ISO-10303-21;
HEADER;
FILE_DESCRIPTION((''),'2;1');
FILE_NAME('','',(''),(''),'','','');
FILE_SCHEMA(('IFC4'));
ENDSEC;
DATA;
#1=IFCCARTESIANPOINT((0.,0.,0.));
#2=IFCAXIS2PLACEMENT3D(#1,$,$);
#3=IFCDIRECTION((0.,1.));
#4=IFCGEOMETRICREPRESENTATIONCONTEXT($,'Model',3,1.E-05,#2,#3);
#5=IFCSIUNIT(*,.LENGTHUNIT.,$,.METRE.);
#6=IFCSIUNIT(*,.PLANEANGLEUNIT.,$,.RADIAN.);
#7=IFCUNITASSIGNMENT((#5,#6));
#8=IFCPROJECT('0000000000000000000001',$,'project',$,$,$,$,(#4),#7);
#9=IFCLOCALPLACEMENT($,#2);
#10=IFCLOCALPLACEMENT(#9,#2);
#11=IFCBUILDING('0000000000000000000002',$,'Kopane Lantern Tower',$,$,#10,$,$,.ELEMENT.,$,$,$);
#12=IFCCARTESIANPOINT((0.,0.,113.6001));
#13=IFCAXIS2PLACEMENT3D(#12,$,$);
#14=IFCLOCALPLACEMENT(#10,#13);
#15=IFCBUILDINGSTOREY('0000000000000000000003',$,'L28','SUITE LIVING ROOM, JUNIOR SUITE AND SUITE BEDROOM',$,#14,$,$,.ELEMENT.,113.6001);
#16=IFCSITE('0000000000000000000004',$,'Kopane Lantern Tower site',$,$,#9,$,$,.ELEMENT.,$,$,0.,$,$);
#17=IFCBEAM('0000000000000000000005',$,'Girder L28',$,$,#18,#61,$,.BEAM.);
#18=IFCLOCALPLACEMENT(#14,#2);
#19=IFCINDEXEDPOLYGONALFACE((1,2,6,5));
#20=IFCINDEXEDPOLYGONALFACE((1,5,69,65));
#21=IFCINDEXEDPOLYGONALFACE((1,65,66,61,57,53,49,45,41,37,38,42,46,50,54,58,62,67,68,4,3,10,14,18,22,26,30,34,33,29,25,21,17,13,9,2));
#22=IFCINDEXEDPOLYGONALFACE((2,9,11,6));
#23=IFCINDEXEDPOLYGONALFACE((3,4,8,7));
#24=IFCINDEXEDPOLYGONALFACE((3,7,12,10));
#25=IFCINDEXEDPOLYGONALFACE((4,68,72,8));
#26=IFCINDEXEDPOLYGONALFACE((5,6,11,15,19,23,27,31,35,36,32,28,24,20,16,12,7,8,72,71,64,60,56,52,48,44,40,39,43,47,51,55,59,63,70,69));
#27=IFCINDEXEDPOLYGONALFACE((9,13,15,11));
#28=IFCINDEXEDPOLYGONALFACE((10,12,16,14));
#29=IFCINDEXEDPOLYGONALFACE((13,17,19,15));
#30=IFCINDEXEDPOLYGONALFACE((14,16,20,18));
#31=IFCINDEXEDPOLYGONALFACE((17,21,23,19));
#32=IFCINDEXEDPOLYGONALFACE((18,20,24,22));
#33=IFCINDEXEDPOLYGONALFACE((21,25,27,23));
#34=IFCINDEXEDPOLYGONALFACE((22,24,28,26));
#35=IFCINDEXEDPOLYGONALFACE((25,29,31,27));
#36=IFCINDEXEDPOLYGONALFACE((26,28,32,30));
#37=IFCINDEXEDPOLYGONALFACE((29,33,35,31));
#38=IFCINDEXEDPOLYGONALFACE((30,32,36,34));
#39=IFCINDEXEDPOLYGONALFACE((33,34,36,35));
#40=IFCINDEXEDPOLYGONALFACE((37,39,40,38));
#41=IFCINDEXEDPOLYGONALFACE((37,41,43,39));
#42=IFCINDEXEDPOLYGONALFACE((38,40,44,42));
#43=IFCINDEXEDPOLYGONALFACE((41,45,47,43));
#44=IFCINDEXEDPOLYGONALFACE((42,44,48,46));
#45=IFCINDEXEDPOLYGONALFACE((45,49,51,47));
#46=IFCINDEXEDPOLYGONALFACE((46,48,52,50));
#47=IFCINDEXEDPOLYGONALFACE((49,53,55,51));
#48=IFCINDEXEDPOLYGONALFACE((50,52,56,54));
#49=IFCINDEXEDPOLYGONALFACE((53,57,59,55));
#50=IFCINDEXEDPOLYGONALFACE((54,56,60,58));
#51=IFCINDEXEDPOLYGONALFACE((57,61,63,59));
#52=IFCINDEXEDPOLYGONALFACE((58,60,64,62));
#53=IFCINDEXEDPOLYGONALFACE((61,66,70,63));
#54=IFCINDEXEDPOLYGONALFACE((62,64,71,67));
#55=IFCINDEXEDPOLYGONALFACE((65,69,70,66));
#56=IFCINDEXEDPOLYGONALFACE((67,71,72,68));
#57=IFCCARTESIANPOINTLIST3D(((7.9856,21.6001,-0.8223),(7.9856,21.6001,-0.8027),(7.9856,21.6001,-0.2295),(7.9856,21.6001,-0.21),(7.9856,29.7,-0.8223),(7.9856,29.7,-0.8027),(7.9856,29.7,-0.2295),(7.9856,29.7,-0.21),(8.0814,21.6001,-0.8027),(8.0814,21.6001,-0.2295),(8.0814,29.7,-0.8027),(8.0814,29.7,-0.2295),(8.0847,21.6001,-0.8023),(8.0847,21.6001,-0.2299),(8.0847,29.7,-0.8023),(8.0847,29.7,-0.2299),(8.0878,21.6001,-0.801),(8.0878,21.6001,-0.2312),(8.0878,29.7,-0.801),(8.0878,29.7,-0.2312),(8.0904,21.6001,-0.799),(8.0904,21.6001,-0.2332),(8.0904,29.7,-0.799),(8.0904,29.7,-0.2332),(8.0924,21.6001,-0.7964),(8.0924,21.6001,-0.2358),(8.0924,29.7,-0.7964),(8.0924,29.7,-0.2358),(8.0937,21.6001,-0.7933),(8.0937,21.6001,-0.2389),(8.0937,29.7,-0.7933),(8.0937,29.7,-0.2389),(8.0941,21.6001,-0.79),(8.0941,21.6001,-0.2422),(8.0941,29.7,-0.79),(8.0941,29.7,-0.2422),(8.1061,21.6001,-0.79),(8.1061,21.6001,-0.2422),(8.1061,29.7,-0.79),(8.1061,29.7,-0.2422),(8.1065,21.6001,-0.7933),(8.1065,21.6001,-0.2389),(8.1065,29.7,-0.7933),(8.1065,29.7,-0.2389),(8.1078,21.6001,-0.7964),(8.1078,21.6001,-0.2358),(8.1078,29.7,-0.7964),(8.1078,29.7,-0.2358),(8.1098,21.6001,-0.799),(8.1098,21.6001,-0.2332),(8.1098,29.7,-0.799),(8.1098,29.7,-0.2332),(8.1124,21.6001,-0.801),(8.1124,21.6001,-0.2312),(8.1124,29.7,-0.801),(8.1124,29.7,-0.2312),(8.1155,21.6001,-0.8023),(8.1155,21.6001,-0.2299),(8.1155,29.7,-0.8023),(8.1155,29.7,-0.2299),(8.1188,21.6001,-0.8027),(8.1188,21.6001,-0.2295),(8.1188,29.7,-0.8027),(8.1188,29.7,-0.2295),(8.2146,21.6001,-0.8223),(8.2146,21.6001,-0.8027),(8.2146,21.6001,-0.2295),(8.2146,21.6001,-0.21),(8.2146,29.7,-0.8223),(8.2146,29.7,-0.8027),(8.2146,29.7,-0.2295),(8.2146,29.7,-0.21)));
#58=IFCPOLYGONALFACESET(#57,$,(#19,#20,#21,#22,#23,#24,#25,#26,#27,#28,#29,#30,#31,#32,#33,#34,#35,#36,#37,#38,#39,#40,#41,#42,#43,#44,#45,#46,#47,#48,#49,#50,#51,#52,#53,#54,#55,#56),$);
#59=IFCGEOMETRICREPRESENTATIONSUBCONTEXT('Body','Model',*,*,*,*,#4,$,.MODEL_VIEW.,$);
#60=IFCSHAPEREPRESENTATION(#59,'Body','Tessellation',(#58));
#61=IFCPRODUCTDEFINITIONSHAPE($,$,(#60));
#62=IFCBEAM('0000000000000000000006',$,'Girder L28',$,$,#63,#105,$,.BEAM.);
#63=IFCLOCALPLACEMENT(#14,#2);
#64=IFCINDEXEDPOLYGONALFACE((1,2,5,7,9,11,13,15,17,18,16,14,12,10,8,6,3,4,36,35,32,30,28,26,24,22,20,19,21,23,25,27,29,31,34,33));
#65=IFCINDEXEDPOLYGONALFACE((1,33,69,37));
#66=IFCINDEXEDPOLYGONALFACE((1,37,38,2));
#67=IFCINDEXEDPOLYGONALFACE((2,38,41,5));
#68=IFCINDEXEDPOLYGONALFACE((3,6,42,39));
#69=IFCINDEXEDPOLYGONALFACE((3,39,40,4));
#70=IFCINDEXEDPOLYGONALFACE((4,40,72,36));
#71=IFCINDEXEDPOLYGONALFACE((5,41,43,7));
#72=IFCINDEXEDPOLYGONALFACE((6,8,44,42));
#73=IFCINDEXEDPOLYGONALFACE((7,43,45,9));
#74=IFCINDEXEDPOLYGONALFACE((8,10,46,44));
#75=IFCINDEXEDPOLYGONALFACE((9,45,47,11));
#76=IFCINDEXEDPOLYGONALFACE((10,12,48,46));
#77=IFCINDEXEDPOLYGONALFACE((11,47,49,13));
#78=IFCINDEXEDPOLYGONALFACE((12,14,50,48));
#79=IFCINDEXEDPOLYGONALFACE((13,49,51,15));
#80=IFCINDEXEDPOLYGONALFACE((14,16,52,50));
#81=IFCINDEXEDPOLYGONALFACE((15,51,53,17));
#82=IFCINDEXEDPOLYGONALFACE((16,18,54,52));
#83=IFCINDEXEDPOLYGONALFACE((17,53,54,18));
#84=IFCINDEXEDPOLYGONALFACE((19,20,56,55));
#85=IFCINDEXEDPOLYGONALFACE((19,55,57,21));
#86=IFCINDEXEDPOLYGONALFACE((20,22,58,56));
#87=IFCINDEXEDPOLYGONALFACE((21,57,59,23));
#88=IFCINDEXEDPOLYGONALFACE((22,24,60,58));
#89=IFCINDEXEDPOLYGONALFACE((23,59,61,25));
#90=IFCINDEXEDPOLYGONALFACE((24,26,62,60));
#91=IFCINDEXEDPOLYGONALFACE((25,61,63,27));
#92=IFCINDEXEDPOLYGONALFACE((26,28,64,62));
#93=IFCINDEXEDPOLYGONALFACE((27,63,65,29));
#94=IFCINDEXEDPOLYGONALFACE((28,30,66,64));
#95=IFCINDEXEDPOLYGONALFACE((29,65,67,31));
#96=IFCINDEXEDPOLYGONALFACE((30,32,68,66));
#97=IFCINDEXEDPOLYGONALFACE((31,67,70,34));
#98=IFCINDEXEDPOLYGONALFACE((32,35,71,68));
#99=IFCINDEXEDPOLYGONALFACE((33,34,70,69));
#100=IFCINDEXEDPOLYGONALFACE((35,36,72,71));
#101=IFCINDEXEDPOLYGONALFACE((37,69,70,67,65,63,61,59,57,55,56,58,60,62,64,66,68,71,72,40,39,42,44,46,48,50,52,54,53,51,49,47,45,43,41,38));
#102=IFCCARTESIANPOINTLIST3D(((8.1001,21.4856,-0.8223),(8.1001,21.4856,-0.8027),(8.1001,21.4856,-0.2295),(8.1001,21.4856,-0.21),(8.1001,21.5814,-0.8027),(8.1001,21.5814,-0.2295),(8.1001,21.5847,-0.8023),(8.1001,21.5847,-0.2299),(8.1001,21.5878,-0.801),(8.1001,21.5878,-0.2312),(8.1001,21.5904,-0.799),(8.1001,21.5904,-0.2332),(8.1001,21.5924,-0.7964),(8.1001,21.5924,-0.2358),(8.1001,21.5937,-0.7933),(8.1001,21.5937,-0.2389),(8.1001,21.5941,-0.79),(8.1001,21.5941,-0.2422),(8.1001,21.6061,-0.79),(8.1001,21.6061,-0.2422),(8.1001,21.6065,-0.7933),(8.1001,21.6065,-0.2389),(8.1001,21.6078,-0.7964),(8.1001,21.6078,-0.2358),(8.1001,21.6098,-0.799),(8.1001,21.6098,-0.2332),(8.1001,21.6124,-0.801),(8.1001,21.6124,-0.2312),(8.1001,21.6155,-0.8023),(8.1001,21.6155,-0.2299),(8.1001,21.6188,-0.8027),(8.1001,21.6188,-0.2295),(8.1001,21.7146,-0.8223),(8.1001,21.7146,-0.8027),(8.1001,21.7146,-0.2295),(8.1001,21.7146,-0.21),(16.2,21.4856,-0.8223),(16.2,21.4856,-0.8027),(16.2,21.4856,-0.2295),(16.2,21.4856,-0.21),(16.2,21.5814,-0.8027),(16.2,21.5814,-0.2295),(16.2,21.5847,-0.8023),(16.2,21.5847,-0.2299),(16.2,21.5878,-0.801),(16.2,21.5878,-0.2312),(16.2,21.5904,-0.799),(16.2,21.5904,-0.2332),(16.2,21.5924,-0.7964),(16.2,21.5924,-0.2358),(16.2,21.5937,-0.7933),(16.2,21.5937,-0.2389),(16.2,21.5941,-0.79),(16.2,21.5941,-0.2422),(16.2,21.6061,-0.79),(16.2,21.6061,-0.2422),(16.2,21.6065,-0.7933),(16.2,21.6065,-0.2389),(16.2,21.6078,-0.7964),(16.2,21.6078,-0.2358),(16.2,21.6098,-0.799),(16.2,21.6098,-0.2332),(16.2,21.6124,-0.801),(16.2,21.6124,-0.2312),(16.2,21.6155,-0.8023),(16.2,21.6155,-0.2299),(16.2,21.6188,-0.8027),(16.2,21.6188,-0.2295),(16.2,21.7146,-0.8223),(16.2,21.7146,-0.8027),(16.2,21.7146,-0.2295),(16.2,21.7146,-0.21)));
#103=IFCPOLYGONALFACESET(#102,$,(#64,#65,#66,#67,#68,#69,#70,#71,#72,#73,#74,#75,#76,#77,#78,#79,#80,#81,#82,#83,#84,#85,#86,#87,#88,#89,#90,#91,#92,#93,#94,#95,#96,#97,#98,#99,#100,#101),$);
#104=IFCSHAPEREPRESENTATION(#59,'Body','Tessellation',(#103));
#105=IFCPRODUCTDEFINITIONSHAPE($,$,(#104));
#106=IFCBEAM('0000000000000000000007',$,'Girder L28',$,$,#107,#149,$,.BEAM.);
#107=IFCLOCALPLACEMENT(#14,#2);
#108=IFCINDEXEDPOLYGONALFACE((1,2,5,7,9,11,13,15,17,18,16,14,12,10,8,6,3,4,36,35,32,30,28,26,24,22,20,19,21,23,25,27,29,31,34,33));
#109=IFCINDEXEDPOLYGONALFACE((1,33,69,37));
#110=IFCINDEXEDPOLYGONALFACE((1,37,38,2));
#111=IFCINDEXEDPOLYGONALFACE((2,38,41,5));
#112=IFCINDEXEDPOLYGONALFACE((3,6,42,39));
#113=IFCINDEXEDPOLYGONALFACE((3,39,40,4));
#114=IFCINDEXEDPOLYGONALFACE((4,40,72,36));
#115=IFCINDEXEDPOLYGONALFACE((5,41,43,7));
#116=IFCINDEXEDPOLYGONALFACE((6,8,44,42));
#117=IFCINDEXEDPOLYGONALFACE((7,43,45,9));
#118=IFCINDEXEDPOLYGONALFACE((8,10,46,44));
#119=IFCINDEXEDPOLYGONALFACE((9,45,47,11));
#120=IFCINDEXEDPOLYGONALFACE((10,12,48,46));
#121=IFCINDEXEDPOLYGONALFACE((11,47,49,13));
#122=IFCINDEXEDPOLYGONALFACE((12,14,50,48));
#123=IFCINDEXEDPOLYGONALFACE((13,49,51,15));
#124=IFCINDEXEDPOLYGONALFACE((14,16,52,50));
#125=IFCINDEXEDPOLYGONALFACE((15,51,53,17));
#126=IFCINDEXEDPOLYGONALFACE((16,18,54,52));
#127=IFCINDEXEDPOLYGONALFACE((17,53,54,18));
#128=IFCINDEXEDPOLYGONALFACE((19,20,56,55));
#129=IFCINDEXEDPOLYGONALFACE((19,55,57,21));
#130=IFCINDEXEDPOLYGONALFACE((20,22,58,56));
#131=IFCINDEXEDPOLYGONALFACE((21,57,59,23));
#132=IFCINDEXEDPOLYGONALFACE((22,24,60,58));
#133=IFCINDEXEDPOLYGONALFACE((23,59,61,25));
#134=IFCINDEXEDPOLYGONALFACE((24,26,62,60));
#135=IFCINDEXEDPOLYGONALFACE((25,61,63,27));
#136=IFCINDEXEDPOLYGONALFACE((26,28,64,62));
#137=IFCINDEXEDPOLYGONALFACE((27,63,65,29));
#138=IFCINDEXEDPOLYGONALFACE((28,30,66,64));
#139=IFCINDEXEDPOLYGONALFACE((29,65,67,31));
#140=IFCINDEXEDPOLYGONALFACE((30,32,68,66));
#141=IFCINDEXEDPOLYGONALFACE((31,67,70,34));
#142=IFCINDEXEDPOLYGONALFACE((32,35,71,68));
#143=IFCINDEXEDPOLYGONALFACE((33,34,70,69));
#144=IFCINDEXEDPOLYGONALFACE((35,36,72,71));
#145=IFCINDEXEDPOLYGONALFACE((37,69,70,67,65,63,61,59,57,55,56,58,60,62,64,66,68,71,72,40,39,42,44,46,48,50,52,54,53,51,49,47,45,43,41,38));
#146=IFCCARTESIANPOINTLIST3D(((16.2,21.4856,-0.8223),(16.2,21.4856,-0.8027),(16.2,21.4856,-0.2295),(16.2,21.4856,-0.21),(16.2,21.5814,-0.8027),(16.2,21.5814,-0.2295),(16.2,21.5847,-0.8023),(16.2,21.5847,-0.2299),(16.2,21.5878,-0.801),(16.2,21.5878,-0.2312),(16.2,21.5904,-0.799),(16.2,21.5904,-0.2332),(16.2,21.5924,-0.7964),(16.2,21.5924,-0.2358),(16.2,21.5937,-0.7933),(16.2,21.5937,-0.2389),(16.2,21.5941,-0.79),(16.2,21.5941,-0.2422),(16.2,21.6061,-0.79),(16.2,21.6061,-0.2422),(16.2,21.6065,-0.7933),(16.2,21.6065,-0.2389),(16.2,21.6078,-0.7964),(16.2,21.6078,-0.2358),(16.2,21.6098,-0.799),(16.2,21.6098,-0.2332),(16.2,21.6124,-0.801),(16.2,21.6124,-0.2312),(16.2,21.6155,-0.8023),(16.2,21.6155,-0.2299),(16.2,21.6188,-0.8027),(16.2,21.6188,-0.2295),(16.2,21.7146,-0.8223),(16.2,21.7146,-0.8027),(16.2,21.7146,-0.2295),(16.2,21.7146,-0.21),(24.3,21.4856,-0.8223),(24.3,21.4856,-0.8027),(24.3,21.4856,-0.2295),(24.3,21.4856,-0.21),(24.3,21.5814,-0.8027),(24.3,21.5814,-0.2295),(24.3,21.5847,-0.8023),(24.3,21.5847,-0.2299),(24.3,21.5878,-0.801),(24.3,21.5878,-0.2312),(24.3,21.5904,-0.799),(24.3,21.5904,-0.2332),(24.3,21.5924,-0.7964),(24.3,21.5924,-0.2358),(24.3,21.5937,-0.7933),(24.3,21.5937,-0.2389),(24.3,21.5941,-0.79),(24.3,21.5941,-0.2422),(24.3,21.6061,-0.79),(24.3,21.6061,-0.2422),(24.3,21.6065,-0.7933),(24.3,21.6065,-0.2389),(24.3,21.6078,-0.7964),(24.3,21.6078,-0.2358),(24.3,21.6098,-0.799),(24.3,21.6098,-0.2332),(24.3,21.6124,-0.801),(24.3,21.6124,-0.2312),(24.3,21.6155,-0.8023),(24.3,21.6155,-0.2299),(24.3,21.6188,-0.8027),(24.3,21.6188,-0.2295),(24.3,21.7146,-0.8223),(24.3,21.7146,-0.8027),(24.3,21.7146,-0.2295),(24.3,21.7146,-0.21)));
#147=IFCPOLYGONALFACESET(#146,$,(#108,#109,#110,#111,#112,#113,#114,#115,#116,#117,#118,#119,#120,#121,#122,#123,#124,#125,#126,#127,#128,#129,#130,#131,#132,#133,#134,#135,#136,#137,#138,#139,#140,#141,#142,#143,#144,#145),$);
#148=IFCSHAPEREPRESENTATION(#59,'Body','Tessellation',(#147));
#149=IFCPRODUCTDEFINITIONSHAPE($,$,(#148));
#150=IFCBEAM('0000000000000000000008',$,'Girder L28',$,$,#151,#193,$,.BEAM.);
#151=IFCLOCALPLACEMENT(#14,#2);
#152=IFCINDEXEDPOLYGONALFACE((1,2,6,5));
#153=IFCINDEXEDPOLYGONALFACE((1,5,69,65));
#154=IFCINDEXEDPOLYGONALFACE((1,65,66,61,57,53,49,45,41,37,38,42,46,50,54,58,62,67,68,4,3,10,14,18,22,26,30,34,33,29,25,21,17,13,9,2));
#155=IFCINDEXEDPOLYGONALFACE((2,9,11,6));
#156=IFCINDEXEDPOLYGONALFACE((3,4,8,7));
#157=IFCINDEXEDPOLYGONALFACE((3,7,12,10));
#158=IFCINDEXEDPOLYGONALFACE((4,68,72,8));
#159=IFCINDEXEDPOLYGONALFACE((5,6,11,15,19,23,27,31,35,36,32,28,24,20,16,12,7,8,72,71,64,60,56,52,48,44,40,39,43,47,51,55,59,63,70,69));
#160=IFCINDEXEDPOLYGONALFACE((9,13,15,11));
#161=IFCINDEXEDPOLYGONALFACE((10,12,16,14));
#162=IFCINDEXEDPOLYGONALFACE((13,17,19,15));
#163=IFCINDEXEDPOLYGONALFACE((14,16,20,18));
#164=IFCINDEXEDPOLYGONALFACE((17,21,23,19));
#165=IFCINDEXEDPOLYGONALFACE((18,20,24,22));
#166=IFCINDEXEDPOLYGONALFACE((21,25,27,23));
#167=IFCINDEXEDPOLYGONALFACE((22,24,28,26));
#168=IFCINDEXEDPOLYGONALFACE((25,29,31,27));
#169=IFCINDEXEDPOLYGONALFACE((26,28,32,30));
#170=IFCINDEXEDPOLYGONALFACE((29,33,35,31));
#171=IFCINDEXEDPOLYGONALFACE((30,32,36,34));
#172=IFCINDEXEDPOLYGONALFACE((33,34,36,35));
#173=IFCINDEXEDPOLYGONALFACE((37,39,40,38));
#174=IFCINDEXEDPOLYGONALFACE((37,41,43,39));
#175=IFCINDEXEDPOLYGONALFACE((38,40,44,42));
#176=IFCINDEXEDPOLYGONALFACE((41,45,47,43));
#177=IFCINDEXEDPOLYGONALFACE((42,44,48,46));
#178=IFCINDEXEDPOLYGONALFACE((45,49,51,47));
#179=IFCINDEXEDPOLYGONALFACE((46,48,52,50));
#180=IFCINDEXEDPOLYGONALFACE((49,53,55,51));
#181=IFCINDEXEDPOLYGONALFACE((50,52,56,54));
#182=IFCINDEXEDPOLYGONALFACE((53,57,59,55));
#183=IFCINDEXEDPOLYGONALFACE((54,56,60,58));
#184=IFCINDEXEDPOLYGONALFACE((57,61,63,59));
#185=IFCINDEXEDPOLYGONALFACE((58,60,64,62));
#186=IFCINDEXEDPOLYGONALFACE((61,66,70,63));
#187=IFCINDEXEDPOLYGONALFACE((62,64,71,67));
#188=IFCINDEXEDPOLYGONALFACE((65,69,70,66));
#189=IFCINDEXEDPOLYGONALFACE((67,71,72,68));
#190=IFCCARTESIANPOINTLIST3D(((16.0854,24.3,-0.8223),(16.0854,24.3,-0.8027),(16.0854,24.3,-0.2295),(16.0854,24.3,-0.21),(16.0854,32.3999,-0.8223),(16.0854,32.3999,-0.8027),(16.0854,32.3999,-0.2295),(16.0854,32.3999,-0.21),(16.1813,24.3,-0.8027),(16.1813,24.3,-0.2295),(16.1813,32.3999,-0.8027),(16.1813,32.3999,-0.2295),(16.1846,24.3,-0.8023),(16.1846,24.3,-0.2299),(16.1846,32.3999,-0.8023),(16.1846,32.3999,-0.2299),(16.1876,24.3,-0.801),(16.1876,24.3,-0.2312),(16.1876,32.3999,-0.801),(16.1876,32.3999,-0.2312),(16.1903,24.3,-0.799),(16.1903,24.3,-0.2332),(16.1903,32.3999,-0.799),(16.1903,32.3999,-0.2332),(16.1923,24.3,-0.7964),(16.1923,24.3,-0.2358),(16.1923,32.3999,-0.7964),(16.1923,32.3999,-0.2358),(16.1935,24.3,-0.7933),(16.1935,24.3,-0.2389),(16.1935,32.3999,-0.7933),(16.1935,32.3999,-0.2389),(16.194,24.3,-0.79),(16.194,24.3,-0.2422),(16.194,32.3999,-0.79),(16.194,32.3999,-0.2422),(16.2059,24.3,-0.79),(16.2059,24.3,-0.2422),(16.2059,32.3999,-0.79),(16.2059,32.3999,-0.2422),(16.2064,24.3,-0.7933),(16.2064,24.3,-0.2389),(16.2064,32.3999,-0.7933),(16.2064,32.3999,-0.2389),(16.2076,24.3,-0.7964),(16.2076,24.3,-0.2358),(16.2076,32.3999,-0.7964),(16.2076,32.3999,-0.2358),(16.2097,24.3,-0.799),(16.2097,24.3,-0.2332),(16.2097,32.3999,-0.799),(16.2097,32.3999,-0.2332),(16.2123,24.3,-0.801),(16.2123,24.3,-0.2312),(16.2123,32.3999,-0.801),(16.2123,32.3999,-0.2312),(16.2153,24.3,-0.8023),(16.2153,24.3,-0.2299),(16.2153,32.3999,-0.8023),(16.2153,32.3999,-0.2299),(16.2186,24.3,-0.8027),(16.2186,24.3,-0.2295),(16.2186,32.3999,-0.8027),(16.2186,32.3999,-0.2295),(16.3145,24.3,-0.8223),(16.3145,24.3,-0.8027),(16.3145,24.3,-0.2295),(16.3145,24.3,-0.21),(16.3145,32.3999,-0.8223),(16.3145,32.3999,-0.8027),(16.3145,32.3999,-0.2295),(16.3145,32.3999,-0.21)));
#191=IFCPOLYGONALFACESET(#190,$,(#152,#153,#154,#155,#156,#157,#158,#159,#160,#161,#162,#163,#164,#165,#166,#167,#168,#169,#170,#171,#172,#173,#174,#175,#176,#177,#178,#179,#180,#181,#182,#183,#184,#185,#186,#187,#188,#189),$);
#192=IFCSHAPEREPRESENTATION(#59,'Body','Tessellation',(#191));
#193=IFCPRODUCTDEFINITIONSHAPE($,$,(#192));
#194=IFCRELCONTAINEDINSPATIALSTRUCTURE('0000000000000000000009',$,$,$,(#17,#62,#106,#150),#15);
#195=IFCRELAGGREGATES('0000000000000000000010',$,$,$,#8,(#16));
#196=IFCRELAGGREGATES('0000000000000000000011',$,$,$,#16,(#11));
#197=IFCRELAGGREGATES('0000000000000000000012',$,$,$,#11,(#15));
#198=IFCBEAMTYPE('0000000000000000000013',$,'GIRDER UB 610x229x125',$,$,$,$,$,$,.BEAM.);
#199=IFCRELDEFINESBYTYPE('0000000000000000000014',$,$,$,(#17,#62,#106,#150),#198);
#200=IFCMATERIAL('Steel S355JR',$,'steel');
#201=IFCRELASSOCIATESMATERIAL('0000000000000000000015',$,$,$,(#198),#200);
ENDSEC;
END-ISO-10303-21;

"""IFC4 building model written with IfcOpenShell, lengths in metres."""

from ifc_helpers import new_model, si_unit, direction, frame, origin, origin_2d, place, context, subcontext, project, spatial, i_section, extrude, material, material_profile, profile_set, type_object, element, save


model = new_model("IFC4")

# Units and contexts
model_context = context("Model", 3, precision=1e-05, world=origin(), true_north=direction((0.0, 1.0)))
body_context = subcontext(model_context, "Body", "Model", "MODEL_VIEW")
ifc_project = project(units=[si_unit("LENGTHUNIT", "METRE"), si_unit("PLANEANGLEUNIT", "RADIAN")], contexts=[model_context])

# Site, building, storey
site_placement = place(None, origin())
site = spatial("IfcSite", under=ifc_project, at=site_placement, Name="Kopane Lantern Tower site", CompositionType="ELEMENT", RefElevation=0.0)
building_placement = place(site_placement, origin())
building = spatial("IfcBuilding", under=site, at=building_placement, Name="Kopane Lantern Tower", CompositionType="ELEMENT")
storey_placement = place(building_placement, frame((0.0, 0.0, 113.6001)))
storey = spatial("IfcBuildingStorey", under=building, at=storey_placement, Name="L28", Description="SUITE LIVING ROOM, JUNIOR SUITE AND SUITE BEDROOM", CompositionType="ELEMENT", Elevation=113.6001)

# Beams
ifc_material_1 = material(Name="Steel S355JR", Category="steel")
ifc_material_profile_1 = material_profile(ifc_material_1, i_section(OverallWidth=0.229, OverallDepth=0.6123, WebThickness=0.012, FlangeThickness=0.0195, FilletRadius=0.0127, at=origin_2d()), Name="UB 610x229x125")
ifc_profile_set_1 = profile_set([ifc_material_profile_1], Name="Steel S355JR")
beam_type_1 = type_object("IfcBeamType", Name="GIRDER UB 610x229x125", PredefinedType="BEAM", material=ifc_profile_set_1)
for number, where, z_axis, x_axis, name in (
    (1, (8.1001, 21.6001, -0.5161), (0.0, 1.0, 0.0), (-1.0, 0.0, 0.0), "Girder L28"),
    (2, (8.1001, 21.6001, -0.5161), (1.0, 0.0, 0.0), (0.0, 1.0, 0.0), "Girder L28"),
):
    element("IfcBeam", number, at=place(storey_placement, frame(where, z_axis=z_axis, x_axis=x_axis)), inside=storey, type_object=beam_type_1, Name=name, PredefinedType="BEAM", context=body_context, shape_type="SweptSolid", body=[
        extrude(i_section(OverallWidth=0.229, OverallDepth=0.6123, WebThickness=0.012, FlangeThickness=0.0195, FilletRadius=0.0127, at=origin_2d()), origin(), (0.0, 0.0, 1.0), 8.0999),
    ])
beam_1_placement = place(storey_placement, frame((16.2, 21.6001, -0.5161), z_axis=(1.0, 0.0, 0.0), x_axis=(0.0, 1.0, 0.0)))
element("IfcBeam", 3, at=beam_1_placement, inside=storey, type_object=beam_type_1, Name="Girder L28", PredefinedType="BEAM", context=body_context, shape_type="SweptSolid", body=[
    extrude(i_section(OverallWidth=0.229, OverallDepth=0.6123, WebThickness=0.012, FlangeThickness=0.0195, FilletRadius=0.0127, at=origin_2d()), origin(), (0.0, 0.0, 1.0), 8.1001),
])
beam_2_placement = place(storey_placement, frame((16.2, 24.3, -0.5161), z_axis=(0.0, 1.0, 0.0), x_axis=(-1.0, 0.0, 0.0)))
element("IfcBeam", 4, at=beam_2_placement, inside=storey, type_object=beam_type_1, Name="Girder L28", PredefinedType="BEAM", context=body_context, shape_type="SweptSolid", body=[
    extrude(i_section(OverallWidth=0.229, OverallDepth=0.6123, WebThickness=0.012, FlangeThickness=0.0195, FilletRadius=0.0127, at=origin_2d()), origin(), (0.0, 0.0, 1.0), 8.0999),
])

save(model, "model.ifc")
